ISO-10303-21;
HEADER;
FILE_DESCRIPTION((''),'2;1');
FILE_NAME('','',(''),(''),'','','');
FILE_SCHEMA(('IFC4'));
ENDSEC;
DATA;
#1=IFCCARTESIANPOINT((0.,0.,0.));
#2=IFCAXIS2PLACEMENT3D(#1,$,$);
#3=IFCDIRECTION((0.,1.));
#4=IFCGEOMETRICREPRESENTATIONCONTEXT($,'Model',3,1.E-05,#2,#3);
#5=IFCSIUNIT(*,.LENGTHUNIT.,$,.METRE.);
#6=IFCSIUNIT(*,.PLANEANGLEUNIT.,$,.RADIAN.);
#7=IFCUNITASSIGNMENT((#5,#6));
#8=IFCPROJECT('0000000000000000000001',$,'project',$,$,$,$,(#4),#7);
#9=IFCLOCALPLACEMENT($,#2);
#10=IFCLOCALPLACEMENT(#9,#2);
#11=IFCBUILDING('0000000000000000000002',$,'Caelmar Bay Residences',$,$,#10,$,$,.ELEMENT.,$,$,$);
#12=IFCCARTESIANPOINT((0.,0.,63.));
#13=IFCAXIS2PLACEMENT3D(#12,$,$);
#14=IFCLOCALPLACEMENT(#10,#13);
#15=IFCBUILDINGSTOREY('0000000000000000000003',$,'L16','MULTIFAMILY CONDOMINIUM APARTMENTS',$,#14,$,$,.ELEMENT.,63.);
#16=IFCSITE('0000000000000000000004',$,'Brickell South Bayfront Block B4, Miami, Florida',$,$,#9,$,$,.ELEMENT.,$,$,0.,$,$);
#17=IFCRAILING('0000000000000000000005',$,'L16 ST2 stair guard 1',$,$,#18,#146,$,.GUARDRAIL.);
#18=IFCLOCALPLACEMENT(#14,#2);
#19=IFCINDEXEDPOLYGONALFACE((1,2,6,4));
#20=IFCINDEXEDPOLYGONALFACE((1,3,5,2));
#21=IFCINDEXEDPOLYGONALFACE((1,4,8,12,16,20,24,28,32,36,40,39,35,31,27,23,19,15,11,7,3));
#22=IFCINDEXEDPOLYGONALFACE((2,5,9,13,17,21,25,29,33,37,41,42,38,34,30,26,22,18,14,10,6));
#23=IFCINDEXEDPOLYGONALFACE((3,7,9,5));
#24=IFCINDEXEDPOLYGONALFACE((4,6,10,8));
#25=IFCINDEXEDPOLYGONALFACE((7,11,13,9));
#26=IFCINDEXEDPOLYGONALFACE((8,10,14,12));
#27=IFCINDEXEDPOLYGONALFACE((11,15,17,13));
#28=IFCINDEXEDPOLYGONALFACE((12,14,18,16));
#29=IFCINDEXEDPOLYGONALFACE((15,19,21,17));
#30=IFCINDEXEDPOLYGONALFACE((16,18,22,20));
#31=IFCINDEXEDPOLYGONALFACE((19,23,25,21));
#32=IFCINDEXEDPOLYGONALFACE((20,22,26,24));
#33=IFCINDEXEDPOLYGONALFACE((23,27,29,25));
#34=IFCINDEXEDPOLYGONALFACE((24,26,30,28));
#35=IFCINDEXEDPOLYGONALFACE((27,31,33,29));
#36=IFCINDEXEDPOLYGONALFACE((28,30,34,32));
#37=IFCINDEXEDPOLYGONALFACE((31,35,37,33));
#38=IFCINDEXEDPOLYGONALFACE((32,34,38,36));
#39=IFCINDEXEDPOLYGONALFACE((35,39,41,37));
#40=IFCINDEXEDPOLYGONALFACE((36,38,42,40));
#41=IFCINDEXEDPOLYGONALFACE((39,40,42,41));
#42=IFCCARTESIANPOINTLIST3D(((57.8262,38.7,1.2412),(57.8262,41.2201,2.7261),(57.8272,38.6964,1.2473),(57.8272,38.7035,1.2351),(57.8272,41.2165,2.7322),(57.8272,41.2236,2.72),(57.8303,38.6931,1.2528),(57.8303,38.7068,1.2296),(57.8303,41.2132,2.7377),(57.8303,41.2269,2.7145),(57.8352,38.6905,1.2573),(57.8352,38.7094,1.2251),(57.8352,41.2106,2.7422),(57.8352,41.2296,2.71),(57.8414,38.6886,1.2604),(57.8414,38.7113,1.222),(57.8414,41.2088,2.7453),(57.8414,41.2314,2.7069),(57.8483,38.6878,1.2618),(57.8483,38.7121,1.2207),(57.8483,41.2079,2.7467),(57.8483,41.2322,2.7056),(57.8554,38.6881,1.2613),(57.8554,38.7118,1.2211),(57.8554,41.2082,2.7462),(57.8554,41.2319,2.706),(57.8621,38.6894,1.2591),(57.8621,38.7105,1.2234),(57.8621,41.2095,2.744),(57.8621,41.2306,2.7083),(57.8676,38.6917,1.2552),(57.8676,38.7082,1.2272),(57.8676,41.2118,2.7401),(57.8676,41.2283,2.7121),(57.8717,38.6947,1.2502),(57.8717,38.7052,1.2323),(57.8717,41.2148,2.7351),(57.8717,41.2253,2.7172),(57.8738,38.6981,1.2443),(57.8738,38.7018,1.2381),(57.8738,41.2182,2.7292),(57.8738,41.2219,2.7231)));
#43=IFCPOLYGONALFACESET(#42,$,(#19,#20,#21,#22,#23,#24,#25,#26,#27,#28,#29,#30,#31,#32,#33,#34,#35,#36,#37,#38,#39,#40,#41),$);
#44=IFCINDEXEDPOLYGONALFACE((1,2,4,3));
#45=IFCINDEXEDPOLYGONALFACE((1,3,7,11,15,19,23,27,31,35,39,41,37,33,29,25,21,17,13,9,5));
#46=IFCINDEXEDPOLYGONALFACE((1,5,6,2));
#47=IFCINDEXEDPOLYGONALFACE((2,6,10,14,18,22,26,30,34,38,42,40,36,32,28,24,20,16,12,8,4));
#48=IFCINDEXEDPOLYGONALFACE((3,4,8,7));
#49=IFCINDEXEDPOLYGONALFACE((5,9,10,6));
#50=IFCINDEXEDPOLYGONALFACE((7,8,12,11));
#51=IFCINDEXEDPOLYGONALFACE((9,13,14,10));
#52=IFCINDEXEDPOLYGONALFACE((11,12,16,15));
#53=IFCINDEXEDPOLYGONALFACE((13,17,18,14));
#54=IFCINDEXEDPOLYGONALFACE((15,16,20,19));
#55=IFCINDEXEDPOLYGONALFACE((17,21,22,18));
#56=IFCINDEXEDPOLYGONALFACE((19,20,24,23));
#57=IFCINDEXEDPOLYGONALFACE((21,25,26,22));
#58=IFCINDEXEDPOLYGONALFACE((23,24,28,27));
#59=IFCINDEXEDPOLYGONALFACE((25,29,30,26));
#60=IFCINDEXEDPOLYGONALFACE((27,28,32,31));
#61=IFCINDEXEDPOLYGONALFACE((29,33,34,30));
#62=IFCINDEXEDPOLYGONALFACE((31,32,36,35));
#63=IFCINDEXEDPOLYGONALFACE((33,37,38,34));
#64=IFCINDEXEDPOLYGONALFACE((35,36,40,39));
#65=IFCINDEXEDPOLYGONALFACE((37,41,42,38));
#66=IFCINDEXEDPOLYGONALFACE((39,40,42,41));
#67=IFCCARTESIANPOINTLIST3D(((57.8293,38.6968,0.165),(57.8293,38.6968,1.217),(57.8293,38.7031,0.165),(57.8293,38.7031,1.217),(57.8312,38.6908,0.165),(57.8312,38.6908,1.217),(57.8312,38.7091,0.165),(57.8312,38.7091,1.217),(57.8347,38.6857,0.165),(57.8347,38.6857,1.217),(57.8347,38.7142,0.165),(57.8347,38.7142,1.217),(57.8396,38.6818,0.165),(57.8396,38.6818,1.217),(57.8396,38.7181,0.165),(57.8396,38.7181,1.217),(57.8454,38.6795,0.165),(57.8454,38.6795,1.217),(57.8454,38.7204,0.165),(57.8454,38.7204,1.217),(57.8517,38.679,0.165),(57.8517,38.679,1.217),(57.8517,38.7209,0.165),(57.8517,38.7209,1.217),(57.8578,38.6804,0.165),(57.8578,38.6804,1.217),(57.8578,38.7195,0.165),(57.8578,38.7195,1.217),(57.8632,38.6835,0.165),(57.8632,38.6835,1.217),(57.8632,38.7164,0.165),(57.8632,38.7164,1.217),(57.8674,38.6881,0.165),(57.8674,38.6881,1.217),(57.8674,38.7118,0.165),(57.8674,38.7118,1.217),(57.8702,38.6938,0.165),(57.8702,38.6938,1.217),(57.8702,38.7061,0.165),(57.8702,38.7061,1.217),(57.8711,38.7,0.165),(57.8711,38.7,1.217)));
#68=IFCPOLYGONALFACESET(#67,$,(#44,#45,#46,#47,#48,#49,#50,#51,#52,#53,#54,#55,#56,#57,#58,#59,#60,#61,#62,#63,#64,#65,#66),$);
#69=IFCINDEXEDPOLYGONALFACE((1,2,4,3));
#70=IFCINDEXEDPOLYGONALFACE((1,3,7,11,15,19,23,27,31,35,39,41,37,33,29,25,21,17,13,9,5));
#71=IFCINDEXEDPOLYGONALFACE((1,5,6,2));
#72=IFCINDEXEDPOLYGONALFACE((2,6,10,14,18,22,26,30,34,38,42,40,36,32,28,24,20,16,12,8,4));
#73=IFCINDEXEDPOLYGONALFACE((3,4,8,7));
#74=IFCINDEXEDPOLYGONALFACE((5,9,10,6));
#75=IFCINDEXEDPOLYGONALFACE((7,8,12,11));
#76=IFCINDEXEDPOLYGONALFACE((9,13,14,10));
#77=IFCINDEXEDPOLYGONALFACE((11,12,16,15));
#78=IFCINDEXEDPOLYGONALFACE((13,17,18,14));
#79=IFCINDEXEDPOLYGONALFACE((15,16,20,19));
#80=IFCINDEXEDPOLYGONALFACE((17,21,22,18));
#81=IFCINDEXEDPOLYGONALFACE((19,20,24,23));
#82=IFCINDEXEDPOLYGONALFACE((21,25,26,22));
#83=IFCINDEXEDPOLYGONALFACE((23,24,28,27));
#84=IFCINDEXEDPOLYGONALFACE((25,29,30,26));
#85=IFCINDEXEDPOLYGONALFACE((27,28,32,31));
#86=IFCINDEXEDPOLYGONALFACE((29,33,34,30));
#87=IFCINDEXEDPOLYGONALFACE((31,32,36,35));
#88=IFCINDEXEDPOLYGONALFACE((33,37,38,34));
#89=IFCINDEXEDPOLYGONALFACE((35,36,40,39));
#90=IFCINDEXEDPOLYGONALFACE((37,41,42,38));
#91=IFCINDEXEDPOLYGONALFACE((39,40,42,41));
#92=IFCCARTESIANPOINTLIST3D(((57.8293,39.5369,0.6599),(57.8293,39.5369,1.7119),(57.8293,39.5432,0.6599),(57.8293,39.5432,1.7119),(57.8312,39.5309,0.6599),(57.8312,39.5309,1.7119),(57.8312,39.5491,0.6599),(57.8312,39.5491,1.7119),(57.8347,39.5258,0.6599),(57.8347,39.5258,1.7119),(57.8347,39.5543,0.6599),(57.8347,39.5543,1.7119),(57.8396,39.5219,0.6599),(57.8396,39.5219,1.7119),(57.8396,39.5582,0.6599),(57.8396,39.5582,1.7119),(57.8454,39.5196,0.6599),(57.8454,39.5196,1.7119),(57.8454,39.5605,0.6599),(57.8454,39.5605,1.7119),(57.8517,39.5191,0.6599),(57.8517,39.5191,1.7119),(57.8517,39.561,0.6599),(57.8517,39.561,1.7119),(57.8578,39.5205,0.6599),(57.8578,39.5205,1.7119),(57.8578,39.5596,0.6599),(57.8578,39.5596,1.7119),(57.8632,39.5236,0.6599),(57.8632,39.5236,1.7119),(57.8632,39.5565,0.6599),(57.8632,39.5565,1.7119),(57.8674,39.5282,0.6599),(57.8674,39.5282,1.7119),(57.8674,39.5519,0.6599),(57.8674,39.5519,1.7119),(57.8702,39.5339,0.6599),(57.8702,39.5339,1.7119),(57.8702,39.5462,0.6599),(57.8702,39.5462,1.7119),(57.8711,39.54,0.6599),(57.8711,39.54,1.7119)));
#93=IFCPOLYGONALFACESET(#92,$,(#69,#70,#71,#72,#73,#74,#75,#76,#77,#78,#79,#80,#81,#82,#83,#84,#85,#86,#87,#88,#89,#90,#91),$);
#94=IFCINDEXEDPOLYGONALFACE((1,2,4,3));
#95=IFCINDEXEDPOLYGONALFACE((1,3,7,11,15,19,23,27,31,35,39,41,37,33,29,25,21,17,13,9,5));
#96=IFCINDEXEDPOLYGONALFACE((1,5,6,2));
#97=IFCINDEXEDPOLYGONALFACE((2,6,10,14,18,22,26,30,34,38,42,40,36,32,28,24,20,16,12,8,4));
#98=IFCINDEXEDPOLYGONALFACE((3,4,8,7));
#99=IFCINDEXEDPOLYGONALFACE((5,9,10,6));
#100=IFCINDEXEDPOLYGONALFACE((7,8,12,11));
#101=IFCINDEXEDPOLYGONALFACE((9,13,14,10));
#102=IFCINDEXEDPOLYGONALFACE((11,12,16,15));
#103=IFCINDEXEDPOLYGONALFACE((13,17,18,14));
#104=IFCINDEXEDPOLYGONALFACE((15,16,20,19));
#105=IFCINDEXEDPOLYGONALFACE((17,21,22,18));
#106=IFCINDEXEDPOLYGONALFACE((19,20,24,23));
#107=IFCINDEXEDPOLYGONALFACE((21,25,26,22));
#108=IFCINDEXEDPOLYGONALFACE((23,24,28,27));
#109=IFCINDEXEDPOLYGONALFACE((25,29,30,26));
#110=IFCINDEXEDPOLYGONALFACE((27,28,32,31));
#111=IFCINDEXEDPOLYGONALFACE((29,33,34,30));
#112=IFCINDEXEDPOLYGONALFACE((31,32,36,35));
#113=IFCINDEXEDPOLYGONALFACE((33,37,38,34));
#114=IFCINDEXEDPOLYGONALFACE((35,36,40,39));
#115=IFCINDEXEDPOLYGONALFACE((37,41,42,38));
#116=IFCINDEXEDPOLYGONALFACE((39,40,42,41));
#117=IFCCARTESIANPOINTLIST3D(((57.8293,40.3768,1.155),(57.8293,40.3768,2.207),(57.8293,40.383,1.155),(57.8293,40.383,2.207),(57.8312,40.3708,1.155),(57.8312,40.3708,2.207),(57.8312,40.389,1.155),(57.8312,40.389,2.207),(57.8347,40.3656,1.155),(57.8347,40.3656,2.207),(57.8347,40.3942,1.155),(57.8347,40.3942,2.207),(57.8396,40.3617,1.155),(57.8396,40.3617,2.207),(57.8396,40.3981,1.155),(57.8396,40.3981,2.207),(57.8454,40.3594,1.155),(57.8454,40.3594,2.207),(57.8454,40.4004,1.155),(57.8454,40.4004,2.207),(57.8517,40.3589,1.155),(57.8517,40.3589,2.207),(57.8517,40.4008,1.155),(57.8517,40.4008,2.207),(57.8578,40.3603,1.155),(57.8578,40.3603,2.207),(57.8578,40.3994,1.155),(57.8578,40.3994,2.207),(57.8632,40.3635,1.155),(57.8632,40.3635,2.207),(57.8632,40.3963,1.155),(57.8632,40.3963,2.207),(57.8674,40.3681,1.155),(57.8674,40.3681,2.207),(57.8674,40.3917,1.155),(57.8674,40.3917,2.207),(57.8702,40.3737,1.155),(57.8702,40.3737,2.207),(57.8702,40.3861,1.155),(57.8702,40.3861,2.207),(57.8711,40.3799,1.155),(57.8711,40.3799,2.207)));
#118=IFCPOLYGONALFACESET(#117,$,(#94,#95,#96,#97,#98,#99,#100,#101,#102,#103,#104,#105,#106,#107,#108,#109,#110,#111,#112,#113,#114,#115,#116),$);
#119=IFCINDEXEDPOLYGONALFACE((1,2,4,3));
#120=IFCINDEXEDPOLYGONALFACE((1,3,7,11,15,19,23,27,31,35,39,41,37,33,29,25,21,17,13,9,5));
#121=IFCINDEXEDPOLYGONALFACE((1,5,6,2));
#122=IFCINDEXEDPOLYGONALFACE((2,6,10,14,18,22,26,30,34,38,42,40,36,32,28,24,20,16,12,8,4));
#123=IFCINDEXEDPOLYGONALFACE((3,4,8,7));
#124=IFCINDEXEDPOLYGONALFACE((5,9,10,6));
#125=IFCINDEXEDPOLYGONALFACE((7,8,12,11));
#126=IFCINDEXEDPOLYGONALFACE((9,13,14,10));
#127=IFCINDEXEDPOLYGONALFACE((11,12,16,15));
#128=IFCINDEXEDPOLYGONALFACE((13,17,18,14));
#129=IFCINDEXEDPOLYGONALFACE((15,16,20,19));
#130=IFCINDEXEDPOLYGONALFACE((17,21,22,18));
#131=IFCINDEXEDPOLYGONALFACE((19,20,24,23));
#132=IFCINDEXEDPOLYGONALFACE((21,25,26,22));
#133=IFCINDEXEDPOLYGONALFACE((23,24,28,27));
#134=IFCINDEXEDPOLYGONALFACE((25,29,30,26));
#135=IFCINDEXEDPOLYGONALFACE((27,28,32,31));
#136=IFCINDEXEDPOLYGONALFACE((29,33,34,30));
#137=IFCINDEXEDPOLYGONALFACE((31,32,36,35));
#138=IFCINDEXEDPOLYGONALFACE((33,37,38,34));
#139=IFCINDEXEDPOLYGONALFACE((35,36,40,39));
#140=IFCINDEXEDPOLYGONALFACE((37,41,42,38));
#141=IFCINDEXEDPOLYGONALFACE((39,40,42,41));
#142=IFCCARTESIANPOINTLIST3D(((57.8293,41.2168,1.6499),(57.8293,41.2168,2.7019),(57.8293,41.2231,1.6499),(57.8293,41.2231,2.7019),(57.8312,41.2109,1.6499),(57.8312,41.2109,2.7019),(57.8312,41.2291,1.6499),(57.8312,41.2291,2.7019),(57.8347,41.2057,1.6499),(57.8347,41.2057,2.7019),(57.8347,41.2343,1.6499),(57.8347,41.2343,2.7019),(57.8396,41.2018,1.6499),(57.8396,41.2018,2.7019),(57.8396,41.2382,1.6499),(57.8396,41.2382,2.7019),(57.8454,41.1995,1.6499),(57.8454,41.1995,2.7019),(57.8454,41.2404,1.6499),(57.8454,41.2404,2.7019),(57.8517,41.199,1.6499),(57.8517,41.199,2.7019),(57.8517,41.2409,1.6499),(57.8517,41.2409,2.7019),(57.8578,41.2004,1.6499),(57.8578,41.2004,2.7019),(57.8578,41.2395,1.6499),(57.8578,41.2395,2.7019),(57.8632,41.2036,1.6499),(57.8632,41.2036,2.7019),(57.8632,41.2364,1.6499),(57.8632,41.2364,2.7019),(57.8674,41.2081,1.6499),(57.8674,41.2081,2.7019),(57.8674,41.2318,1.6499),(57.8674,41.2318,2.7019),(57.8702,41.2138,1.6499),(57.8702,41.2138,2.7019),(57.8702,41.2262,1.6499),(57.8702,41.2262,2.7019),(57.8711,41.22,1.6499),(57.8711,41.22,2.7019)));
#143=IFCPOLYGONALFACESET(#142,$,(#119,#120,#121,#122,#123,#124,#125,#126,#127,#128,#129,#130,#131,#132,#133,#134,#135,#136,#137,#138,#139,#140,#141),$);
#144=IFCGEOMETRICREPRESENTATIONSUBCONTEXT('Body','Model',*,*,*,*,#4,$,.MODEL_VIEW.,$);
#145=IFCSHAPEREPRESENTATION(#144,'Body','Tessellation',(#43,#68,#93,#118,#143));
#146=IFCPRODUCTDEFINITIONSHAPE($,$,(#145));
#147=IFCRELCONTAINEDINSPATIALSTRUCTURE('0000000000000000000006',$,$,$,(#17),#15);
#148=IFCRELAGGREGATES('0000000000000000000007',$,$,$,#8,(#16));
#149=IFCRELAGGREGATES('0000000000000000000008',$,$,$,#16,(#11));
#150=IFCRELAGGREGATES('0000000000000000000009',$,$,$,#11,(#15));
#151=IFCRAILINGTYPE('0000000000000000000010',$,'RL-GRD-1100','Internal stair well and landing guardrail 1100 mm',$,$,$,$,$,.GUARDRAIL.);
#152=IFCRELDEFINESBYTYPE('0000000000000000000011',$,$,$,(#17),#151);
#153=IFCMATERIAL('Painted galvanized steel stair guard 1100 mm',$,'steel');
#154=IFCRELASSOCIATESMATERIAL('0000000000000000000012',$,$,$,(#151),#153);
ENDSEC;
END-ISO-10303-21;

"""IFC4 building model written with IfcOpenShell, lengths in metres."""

from ifc_helpers import new_model, si_unit, direction, frame, origin, origin_2d, place, context, subcontext, project, spatial, circle, extrude, material, type_object, element, save


model = new_model("IFC4")

# Units and contexts
model_context = context("Model", 3, precision=1e-05, world=origin(), true_north=direction((0.0, 1.0)))
body_context = subcontext(model_context, "Body", "Model", "MODEL_VIEW")
ifc_project = project(units=[si_unit("LENGTHUNIT", "METRE"), si_unit("PLANEANGLEUNIT", "RADIAN")], contexts=[model_context])

# Site, building, storey
site_placement = place(None, origin())
site = spatial("IfcSite", under=ifc_project, at=site_placement, Name="Brickell South Bayfront Block B4, Miami, Florida", CompositionType="ELEMENT", RefElevation=0.0)
building_placement = place(site_placement, origin())
building = spatial("IfcBuilding", under=site, at=building_placement, Name="Caelmar Bay Residences", CompositionType="ELEMENT")
storey_placement = place(building_placement, frame((0.0, 0.0, 63.0)))
storey = spatial("IfcBuildingStorey", under=building, at=storey_placement, Name="L16", Description="MULTIFAMILY CONDOMINIUM APARTMENTS", CompositionType="ELEMENT", Elevation=63.0)

# Railing
ifc_material_1 = material(Name="Painted galvanized steel stair guard 1100 mm", Category="steel")
railing_type_1 = type_object("IfcRailingType", Name="RL-GRD-1100", Description="Internal stair well and landing guardrail 1100 mm", PredefinedType="GUARDRAIL", material=ifc_material_1)
railing_1_placement = place(storey_placement, frame((57.8501, 38.7, 0.165)))
element("IfcRailing", 1, at=railing_1_placement, inside=storey, type_object=railing_type_1, Name="L16 ST2 stair guard 1", PredefinedType="GUARDRAIL", context=body_context, shape_type="SweptSolid", body=[
    extrude(circle(Radius=0.0239, at=origin_2d()), frame((0.0, 0.0, 1.0762), z_axis=(0.0, 0.861561, 0.507655), x_axis=(-1.0, 0.0, 0.0)), (0.0, 0.0, 1.0), 2.925),
    extrude(circle(Radius=0.021, at=origin_2d()), origin(), (0.0, 0.0, 1.0), 1.052),
    extrude(circle(Radius=0.021, at=origin_2d()), frame((0.0, 0.8401, 0.4949)), (0.0, 0.0, 1.0), 1.052),
    extrude(circle(Radius=0.021, at=origin_2d()), frame((0.0, 1.6799, 0.99)), (0.0, 0.0, 1.0), 1.052),
    extrude(circle(Radius=0.021, at=origin_2d()), frame((0.0, 2.52, 1.4849)), (0.0, 0.0, 1.0), 1.052),
])

save(model, "model.ifc")
